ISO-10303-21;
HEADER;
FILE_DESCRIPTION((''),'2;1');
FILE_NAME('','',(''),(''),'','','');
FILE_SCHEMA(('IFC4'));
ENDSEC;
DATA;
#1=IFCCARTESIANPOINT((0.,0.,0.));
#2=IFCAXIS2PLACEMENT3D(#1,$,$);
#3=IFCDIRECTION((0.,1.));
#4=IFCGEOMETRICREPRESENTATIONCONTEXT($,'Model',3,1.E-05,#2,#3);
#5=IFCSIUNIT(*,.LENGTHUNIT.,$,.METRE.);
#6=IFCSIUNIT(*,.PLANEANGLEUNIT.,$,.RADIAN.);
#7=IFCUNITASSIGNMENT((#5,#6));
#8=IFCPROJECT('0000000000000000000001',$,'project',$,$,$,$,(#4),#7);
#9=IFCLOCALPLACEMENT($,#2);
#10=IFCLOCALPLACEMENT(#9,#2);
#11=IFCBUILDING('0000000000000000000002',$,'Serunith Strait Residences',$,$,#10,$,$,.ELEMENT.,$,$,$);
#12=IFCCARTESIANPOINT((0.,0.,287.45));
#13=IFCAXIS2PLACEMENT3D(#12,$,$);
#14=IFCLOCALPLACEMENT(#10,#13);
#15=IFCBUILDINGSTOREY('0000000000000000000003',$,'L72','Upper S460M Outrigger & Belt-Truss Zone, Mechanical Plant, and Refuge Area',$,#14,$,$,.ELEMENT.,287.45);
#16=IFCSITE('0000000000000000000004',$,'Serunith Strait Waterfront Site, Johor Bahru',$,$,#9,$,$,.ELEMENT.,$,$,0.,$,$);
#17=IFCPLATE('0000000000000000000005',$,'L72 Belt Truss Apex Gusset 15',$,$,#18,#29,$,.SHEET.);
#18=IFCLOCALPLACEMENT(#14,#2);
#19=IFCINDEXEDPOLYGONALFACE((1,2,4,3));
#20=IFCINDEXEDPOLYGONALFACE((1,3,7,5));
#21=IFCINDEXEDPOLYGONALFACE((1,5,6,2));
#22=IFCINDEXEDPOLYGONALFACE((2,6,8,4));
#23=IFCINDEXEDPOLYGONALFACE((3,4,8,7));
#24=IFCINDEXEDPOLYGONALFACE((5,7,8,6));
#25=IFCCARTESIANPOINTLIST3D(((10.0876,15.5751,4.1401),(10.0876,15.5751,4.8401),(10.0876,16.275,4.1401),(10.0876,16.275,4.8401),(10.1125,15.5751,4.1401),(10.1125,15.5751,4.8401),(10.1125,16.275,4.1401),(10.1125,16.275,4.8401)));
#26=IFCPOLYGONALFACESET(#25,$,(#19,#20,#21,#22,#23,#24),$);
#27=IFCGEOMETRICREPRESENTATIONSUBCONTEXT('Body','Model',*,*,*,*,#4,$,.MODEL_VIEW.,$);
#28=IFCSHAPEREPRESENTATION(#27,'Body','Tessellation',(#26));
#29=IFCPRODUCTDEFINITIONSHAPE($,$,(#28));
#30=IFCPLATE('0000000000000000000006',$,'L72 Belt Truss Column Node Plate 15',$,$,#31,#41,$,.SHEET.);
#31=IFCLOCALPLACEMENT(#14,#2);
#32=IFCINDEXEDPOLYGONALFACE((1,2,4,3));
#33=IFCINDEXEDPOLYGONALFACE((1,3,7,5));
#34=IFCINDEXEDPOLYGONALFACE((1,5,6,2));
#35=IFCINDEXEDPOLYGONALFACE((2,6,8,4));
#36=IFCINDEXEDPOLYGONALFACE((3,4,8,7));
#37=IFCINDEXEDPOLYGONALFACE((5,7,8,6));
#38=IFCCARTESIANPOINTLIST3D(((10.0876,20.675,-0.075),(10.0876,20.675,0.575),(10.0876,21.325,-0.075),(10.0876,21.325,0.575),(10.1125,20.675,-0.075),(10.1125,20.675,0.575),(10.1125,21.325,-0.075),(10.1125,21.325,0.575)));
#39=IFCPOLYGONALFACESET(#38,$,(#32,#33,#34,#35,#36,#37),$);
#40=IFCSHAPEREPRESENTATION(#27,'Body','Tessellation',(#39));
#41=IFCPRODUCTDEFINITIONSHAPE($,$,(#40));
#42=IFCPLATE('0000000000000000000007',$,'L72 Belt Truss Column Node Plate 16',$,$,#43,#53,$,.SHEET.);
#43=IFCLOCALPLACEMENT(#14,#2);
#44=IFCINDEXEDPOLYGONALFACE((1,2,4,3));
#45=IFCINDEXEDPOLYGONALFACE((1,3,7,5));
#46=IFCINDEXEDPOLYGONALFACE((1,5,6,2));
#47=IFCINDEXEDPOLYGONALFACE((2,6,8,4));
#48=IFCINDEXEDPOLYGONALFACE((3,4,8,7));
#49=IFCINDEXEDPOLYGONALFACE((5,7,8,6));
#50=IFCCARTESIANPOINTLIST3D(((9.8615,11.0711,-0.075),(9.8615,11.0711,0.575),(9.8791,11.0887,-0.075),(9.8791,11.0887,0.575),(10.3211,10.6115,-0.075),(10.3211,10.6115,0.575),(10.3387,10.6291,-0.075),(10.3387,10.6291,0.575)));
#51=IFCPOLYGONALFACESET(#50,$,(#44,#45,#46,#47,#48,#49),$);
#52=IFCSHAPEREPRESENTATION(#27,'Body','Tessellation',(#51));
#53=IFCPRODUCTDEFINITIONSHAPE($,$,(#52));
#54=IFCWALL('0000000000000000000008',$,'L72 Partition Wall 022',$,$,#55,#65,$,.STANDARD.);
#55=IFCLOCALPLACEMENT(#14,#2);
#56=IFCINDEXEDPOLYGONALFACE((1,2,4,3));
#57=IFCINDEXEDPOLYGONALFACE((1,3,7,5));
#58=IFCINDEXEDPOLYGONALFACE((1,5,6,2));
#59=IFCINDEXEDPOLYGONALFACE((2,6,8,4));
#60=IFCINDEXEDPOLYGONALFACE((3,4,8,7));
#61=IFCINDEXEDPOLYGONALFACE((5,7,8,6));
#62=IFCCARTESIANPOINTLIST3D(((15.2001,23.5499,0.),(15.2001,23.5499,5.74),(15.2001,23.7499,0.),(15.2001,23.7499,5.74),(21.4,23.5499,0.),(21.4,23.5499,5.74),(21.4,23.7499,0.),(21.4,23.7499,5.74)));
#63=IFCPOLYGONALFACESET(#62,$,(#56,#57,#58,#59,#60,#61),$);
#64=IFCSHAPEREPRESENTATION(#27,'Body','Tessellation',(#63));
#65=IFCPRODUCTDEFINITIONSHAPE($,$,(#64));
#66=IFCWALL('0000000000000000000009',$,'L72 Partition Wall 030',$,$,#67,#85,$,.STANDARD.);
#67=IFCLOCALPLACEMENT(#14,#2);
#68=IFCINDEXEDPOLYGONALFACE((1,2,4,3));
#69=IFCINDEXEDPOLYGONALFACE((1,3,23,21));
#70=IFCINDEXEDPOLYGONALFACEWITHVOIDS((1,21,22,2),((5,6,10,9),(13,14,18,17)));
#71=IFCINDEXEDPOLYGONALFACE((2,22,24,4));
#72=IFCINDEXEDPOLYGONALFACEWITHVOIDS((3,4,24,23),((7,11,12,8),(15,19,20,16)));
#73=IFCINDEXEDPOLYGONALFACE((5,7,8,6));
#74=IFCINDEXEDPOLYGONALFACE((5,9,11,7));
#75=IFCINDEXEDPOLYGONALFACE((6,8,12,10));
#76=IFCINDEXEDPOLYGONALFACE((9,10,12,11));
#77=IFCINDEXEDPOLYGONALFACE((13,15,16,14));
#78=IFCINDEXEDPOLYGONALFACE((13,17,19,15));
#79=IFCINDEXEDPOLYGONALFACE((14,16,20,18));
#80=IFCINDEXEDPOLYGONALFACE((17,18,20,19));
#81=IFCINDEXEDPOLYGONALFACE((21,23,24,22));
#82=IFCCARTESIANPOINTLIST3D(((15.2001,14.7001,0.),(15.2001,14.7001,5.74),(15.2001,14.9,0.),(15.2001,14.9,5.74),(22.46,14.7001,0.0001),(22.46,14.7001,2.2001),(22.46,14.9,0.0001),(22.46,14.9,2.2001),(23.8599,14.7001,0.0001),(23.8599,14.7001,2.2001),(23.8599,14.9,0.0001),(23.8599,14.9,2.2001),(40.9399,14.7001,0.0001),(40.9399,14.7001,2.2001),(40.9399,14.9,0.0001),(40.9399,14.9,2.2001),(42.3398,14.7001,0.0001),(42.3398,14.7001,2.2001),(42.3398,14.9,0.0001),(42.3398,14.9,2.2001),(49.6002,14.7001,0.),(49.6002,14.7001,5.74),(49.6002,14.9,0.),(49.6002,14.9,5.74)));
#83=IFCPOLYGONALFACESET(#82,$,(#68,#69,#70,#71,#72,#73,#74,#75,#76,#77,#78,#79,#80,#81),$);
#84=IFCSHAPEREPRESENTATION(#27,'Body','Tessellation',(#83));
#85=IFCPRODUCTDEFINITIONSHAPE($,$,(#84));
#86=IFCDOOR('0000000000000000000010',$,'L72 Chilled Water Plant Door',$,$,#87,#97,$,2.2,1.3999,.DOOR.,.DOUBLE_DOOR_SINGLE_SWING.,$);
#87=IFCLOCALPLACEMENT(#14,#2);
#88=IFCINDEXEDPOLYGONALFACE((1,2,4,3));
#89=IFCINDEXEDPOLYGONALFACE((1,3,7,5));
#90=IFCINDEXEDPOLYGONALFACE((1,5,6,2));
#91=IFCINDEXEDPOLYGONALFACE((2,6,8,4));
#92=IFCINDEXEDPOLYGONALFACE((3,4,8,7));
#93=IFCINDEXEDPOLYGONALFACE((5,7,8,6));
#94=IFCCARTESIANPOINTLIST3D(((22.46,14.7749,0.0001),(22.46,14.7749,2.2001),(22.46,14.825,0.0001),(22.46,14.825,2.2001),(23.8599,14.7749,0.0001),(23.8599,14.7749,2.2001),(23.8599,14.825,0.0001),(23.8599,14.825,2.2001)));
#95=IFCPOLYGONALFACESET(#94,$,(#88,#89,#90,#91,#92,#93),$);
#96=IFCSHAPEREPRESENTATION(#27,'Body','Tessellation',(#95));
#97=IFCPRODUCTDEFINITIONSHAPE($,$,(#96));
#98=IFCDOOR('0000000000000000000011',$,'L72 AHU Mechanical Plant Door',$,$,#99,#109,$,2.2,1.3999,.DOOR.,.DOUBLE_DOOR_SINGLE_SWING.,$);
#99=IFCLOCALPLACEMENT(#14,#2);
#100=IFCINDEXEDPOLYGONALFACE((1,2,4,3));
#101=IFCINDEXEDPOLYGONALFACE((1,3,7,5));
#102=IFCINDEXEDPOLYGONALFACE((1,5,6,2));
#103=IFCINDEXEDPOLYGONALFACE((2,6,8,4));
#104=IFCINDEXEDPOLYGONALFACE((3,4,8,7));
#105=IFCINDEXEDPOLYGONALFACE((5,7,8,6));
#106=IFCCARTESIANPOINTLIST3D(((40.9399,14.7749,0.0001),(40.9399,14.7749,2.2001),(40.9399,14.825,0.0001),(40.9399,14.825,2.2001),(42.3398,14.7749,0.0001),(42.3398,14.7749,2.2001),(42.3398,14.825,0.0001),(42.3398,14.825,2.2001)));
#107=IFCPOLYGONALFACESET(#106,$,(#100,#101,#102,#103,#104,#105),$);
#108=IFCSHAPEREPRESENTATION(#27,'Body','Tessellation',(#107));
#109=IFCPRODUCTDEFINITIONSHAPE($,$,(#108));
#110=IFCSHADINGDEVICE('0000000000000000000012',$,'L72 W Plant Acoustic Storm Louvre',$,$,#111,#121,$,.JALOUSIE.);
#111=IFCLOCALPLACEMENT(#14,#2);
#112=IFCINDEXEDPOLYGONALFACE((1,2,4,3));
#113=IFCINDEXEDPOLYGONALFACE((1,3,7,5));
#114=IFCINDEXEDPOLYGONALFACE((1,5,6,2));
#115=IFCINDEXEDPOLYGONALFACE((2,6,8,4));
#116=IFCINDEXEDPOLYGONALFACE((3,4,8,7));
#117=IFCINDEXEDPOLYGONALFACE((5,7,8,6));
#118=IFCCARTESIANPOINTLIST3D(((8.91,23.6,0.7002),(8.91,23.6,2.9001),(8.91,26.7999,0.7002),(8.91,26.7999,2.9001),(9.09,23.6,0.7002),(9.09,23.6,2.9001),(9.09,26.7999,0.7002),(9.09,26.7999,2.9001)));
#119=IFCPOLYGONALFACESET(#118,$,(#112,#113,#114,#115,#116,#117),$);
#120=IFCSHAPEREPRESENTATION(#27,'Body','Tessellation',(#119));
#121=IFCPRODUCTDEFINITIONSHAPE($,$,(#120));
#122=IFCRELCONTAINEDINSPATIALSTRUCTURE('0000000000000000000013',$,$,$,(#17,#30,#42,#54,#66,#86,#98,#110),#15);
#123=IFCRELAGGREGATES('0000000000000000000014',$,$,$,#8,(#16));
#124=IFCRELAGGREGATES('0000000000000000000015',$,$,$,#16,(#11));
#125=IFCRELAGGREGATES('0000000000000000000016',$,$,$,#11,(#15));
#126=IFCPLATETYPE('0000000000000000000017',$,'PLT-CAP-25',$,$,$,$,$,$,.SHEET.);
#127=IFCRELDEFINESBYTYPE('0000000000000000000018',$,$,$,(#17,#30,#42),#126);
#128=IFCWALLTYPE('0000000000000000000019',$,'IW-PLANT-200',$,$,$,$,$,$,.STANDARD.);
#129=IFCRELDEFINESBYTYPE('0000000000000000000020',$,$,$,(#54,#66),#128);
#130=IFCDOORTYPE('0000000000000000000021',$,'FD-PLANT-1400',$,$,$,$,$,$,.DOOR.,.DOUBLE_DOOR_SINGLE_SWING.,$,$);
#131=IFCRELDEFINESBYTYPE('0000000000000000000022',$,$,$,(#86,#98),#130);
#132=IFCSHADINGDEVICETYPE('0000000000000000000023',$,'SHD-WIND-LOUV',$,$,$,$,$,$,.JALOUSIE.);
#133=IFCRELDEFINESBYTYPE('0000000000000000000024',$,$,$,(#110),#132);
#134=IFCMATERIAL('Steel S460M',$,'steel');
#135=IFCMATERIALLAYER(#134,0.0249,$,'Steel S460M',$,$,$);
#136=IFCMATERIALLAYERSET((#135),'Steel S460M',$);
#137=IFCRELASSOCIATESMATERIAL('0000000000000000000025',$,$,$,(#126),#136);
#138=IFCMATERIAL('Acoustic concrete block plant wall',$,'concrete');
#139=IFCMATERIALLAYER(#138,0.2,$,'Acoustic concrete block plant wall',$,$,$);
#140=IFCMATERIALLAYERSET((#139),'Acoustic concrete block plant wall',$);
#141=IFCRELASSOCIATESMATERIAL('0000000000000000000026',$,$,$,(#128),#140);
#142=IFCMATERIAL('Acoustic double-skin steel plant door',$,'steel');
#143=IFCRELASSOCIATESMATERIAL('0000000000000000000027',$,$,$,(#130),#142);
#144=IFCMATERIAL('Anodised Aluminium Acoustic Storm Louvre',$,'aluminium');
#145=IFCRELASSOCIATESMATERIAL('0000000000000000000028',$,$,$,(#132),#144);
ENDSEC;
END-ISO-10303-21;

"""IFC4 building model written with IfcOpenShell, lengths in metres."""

from ifc_helpers import new_model, si_unit, direction, frame, frame_2d, origin, origin_2d, place, context, subcontext, project, spatial, rectangle, extrude, source, transform, mapped, material, layer, layer_set, type_object, element, fill, save


model = new_model("IFC4")

# Units and contexts
model_context = context("Model", 3, precision=1e-05, world=origin(), true_north=direction((0.0, 1.0)))
body_context = subcontext(model_context, "Body", "Model", "MODEL_VIEW")
ifc_project = project(units=[si_unit("LENGTHUNIT", "METRE"), si_unit("PLANEANGLEUNIT", "RADIAN")], contexts=[model_context])

# Site, building, storey
site_placement = place(None, origin())
site = spatial("IfcSite", under=ifc_project, at=site_placement, Name="Serunith Strait Waterfront Site, Johor Bahru", CompositionType="ELEMENT", RefElevation=0.0)
building_placement = place(site_placement, origin())
building = spatial("IfcBuilding", under=site, at=building_placement, Name="Serunith Strait Residences", CompositionType="ELEMENT")
storey_placement = place(building_placement, frame((0.0, 0.0, 287.45)))
storey = spatial("IfcBuildingStorey", under=building, at=storey_placement, Name="L72", Description="Upper S460M Outrigger & Belt-Truss Zone, Mechanical Plant, and Refuge Area", CompositionType="ELEMENT", Elevation=287.45)

# Shared definitions
ifc_material_1 = material(Name="Steel S460M", Category="steel")

# Plates
ifc_layer_1 = layer(ifc_material_1, 0.0249, Name="Steel S460M")
ifc_layer_set_1 = layer_set([ifc_layer_1], Name="Steel S460M")
plate_type_1 = type_object("IfcPlateType", Name="PLT-CAP-25", PredefinedType="SHEET", material=ifc_layer_set_1)
shared_shape_1 = source(origin(), body_context, "Body", "SweptSolid", [
    extrude(rectangle(XDim=0.7, YDim=0.0249, at=origin_2d()), origin(), (0.0, 0.0, 1.0), 0.7),
])
plate_placement = place(storey_placement, frame((10.1001, 15.925, 4.1401), z_axis=(0.0, 0.0, 1.0), x_axis=(0.0, -1.0, 0.0)))
element("IfcPlate", 1, at=plate_placement, inside=storey, type_object=plate_type_1, Name="L72 Belt Truss Apex Gusset 15", PredefinedType="SHEET", context=body_context, shape_type="MappedRepresentation", body=[
    mapped(shared_shape_1, transform((0.0, 0.0, 0.0), scale=1.0)),
])
shared_shape_2 = source(origin(), body_context, "Body", "SweptSolid", [
    extrude(rectangle(XDim=0.6499, YDim=0.0249, at=origin_2d()), origin(), (0.0, 0.0, 1.0), 0.6499),
])
for number, where, z_axis, x_axis, name in (
    (2, (10.1001, 21.0, -0.075), (0.0, 0.0, 1.0), (0.0, -1.0, 0.0), "L72 Belt Truss Column Node Plate 15"),
    (3, (10.1001, 10.8501, -0.075), (0.0, 0.0, 1.0), (0.707107, -0.707107, 0.0), "L72 Belt Truss Column Node Plate 16"),
):
    element("IfcPlate", number, at=place(storey_placement, frame(where, z_axis=z_axis, x_axis=x_axis)), inside=storey, type_object=plate_type_1, Name=name, PredefinedType="SHEET", context=body_context, shape_type="MappedRepresentation", body=[
        mapped(shared_shape_2, transform((0.0, 0.0, 0.0), scale=1.0)),
    ])

# Wall
ifc_material_2 = material(Name="Acoustic concrete block plant wall", Category="concrete")
ifc_layer_2 = layer(ifc_material_2, 0.2, Name="Acoustic concrete block plant wall")
ifc_layer_set_2 = layer_set([ifc_layer_2], Name="Acoustic concrete block plant wall")
wall_type = type_object("IfcWallType", Name="IW-PLANT-200", PredefinedType="STANDARD", material=ifc_layer_set_2)
wall_1_placement = place(storey_placement, frame((15.2, 23.6499, 0.0), z_axis=(0.0, 0.0, 1.0), x_axis=(1.0, 0.0, 0.0)))
element("IfcWall", 4, at=wall_1_placement, inside=storey, type_object=wall_type, Name="L72 Partition Wall 022", PredefinedType="STANDARD", context=body_context, shape_type="SweptSolid", body=[
    extrude(rectangle(XDim=6.2, YDim=0.2, at=frame_2d((3.1001, 0.0))), origin(), (0.0, 0.0, 1.0), 5.74),
])

# Wall, openings, doors
wall_2_placement = place(storey_placement, frame((15.2, 14.8, 0.0), z_axis=(0.0, 0.0, 1.0), x_axis=(1.0, 0.0, 0.0)))
wall_2 = element("IfcWall", 5, at=wall_2_placement, inside=storey, type_object=wall_type, Name="L72 Partition Wall 030", PredefinedType="STANDARD", context=body_context, shape_type="SweptSolid", body=[
    extrude(rectangle(XDim=34.4001, YDim=0.2, at=frame_2d((17.2002, 0.0))), origin(), (0.0, 0.0, 1.0), 5.74),
])
opening_1_placement = place(wall_2_placement, frame((7.26, 0.0, 0.0)))
opening_1 = element("IfcOpeningElement", 6, at=opening_1_placement, cuts=wall_2, PredefinedType="OPENING", context=body_context, shape_type="SweptSolid", body=[
    extrude(rectangle(XDim=1.3999, YDim=2.2, at=frame_2d((0.7, 1.1001))), frame((0.0, 0.1099, 0.0), z_axis=(0.0, -1.0, 0.0), x_axis=(1.0, 0.0, 0.0)), (0.0, 0.0, 1.0), 0.22),
])
opening_2_placement = place(wall_2_placement, frame((25.74, 0.0, 0.0)))
opening_2 = element("IfcOpeningElement", 7, at=opening_2_placement, cuts=wall_2, PredefinedType="OPENING", context=body_context, shape_type="SweptSolid", body=[
    extrude(rectangle(XDim=1.3999, YDim=2.2, at=frame_2d((0.7, 1.1001))), frame((0.0, 0.1099, 0.0), z_axis=(0.0, -1.0, 0.0), x_axis=(1.0, 0.0, 0.0)), (0.0, 0.0, 1.0), 0.22),
])
ifc_material_3 = material(Name="Acoustic double-skin steel plant door", Category="steel")
door_type = type_object("IfcDoorType", Name="FD-PLANT-1400", OperationType="DOUBLE_DOOR_SINGLE_SWING", PredefinedType="DOOR", material=ifc_material_3)
shared_shape_3 = source(origin(), body_context, "Body", "SweptSolid", [
    extrude(rectangle(XDim=1.3999, YDim=2.2, at=frame_2d((0.7, 1.1001))), frame((0.0, 0.0249, 0.0), z_axis=(0.0, -1.0, 0.0), x_axis=(1.0, 0.0, 0.0)), (0.0, 0.0, 1.0), 0.05),
])
door_1_placement = place(opening_1_placement, origin())
door_1 = element("IfcDoor", 8, at=door_1_placement, inside=storey, type_object=door_type, Name="L72 Chilled Water Plant Door", OperationType="DOUBLE_DOOR_SINGLE_SWING", OverallHeight=2.2, OverallWidth=1.3999, PredefinedType="DOOR", context=body_context, shape_type="MappedRepresentation", body=[
    mapped(shared_shape_3, transform((0.0, 0.0, 0.0), scale=1.0)),
])
fill(opening_1, door_1)
door_2_placement = place(opening_2_placement, origin())
door_2 = element("IfcDoor", 9, at=door_2_placement, inside=storey, type_object=door_type, Name="L72 AHU Mechanical Plant Door", OperationType="DOUBLE_DOOR_SINGLE_SWING", OverallHeight=2.2, OverallWidth=1.3999, PredefinedType="DOOR", context=body_context, shape_type="MappedRepresentation", body=[
    mapped(shared_shape_3, transform((0.0, 0.0, 0.0), scale=1.0)),
])
fill(opening_2, door_2)

# Shading device
ifc_material_4 = material(Name="Anodised Aluminium Acoustic Storm Louvre", Category="aluminium")
shading_device_type = type_object("IfcShadingDeviceType", Name="SHD-WIND-LOUV", PredefinedType="JALOUSIE", material=ifc_material_4)
shared_shape_4 = source(origin(), body_context, "Body", "SweptSolid", [
    extrude(rectangle(XDim=3.2, YDim=0.1799, at=origin_2d()), origin(), (0.0, 0.0, 1.0), 2.2),
])
shading_device_placement = place(storey_placement, frame((9.0, 25.2, 0.7002), z_axis=(0.0, 0.0, 1.0), x_axis=(0.0, 1.0, 0.0)))
element("IfcShadingDevice", 10, at=shading_device_placement, inside=storey, type_object=shading_device_type, Name="L72 W Plant Acoustic Storm Louvre", PredefinedType="JALOUSIE", context=body_context, shape_type="MappedRepresentation", body=[
    mapped(shared_shape_4, transform((0.0, 0.0, 0.0), scale=1.0)),
])

save(model, "model.ifc")
